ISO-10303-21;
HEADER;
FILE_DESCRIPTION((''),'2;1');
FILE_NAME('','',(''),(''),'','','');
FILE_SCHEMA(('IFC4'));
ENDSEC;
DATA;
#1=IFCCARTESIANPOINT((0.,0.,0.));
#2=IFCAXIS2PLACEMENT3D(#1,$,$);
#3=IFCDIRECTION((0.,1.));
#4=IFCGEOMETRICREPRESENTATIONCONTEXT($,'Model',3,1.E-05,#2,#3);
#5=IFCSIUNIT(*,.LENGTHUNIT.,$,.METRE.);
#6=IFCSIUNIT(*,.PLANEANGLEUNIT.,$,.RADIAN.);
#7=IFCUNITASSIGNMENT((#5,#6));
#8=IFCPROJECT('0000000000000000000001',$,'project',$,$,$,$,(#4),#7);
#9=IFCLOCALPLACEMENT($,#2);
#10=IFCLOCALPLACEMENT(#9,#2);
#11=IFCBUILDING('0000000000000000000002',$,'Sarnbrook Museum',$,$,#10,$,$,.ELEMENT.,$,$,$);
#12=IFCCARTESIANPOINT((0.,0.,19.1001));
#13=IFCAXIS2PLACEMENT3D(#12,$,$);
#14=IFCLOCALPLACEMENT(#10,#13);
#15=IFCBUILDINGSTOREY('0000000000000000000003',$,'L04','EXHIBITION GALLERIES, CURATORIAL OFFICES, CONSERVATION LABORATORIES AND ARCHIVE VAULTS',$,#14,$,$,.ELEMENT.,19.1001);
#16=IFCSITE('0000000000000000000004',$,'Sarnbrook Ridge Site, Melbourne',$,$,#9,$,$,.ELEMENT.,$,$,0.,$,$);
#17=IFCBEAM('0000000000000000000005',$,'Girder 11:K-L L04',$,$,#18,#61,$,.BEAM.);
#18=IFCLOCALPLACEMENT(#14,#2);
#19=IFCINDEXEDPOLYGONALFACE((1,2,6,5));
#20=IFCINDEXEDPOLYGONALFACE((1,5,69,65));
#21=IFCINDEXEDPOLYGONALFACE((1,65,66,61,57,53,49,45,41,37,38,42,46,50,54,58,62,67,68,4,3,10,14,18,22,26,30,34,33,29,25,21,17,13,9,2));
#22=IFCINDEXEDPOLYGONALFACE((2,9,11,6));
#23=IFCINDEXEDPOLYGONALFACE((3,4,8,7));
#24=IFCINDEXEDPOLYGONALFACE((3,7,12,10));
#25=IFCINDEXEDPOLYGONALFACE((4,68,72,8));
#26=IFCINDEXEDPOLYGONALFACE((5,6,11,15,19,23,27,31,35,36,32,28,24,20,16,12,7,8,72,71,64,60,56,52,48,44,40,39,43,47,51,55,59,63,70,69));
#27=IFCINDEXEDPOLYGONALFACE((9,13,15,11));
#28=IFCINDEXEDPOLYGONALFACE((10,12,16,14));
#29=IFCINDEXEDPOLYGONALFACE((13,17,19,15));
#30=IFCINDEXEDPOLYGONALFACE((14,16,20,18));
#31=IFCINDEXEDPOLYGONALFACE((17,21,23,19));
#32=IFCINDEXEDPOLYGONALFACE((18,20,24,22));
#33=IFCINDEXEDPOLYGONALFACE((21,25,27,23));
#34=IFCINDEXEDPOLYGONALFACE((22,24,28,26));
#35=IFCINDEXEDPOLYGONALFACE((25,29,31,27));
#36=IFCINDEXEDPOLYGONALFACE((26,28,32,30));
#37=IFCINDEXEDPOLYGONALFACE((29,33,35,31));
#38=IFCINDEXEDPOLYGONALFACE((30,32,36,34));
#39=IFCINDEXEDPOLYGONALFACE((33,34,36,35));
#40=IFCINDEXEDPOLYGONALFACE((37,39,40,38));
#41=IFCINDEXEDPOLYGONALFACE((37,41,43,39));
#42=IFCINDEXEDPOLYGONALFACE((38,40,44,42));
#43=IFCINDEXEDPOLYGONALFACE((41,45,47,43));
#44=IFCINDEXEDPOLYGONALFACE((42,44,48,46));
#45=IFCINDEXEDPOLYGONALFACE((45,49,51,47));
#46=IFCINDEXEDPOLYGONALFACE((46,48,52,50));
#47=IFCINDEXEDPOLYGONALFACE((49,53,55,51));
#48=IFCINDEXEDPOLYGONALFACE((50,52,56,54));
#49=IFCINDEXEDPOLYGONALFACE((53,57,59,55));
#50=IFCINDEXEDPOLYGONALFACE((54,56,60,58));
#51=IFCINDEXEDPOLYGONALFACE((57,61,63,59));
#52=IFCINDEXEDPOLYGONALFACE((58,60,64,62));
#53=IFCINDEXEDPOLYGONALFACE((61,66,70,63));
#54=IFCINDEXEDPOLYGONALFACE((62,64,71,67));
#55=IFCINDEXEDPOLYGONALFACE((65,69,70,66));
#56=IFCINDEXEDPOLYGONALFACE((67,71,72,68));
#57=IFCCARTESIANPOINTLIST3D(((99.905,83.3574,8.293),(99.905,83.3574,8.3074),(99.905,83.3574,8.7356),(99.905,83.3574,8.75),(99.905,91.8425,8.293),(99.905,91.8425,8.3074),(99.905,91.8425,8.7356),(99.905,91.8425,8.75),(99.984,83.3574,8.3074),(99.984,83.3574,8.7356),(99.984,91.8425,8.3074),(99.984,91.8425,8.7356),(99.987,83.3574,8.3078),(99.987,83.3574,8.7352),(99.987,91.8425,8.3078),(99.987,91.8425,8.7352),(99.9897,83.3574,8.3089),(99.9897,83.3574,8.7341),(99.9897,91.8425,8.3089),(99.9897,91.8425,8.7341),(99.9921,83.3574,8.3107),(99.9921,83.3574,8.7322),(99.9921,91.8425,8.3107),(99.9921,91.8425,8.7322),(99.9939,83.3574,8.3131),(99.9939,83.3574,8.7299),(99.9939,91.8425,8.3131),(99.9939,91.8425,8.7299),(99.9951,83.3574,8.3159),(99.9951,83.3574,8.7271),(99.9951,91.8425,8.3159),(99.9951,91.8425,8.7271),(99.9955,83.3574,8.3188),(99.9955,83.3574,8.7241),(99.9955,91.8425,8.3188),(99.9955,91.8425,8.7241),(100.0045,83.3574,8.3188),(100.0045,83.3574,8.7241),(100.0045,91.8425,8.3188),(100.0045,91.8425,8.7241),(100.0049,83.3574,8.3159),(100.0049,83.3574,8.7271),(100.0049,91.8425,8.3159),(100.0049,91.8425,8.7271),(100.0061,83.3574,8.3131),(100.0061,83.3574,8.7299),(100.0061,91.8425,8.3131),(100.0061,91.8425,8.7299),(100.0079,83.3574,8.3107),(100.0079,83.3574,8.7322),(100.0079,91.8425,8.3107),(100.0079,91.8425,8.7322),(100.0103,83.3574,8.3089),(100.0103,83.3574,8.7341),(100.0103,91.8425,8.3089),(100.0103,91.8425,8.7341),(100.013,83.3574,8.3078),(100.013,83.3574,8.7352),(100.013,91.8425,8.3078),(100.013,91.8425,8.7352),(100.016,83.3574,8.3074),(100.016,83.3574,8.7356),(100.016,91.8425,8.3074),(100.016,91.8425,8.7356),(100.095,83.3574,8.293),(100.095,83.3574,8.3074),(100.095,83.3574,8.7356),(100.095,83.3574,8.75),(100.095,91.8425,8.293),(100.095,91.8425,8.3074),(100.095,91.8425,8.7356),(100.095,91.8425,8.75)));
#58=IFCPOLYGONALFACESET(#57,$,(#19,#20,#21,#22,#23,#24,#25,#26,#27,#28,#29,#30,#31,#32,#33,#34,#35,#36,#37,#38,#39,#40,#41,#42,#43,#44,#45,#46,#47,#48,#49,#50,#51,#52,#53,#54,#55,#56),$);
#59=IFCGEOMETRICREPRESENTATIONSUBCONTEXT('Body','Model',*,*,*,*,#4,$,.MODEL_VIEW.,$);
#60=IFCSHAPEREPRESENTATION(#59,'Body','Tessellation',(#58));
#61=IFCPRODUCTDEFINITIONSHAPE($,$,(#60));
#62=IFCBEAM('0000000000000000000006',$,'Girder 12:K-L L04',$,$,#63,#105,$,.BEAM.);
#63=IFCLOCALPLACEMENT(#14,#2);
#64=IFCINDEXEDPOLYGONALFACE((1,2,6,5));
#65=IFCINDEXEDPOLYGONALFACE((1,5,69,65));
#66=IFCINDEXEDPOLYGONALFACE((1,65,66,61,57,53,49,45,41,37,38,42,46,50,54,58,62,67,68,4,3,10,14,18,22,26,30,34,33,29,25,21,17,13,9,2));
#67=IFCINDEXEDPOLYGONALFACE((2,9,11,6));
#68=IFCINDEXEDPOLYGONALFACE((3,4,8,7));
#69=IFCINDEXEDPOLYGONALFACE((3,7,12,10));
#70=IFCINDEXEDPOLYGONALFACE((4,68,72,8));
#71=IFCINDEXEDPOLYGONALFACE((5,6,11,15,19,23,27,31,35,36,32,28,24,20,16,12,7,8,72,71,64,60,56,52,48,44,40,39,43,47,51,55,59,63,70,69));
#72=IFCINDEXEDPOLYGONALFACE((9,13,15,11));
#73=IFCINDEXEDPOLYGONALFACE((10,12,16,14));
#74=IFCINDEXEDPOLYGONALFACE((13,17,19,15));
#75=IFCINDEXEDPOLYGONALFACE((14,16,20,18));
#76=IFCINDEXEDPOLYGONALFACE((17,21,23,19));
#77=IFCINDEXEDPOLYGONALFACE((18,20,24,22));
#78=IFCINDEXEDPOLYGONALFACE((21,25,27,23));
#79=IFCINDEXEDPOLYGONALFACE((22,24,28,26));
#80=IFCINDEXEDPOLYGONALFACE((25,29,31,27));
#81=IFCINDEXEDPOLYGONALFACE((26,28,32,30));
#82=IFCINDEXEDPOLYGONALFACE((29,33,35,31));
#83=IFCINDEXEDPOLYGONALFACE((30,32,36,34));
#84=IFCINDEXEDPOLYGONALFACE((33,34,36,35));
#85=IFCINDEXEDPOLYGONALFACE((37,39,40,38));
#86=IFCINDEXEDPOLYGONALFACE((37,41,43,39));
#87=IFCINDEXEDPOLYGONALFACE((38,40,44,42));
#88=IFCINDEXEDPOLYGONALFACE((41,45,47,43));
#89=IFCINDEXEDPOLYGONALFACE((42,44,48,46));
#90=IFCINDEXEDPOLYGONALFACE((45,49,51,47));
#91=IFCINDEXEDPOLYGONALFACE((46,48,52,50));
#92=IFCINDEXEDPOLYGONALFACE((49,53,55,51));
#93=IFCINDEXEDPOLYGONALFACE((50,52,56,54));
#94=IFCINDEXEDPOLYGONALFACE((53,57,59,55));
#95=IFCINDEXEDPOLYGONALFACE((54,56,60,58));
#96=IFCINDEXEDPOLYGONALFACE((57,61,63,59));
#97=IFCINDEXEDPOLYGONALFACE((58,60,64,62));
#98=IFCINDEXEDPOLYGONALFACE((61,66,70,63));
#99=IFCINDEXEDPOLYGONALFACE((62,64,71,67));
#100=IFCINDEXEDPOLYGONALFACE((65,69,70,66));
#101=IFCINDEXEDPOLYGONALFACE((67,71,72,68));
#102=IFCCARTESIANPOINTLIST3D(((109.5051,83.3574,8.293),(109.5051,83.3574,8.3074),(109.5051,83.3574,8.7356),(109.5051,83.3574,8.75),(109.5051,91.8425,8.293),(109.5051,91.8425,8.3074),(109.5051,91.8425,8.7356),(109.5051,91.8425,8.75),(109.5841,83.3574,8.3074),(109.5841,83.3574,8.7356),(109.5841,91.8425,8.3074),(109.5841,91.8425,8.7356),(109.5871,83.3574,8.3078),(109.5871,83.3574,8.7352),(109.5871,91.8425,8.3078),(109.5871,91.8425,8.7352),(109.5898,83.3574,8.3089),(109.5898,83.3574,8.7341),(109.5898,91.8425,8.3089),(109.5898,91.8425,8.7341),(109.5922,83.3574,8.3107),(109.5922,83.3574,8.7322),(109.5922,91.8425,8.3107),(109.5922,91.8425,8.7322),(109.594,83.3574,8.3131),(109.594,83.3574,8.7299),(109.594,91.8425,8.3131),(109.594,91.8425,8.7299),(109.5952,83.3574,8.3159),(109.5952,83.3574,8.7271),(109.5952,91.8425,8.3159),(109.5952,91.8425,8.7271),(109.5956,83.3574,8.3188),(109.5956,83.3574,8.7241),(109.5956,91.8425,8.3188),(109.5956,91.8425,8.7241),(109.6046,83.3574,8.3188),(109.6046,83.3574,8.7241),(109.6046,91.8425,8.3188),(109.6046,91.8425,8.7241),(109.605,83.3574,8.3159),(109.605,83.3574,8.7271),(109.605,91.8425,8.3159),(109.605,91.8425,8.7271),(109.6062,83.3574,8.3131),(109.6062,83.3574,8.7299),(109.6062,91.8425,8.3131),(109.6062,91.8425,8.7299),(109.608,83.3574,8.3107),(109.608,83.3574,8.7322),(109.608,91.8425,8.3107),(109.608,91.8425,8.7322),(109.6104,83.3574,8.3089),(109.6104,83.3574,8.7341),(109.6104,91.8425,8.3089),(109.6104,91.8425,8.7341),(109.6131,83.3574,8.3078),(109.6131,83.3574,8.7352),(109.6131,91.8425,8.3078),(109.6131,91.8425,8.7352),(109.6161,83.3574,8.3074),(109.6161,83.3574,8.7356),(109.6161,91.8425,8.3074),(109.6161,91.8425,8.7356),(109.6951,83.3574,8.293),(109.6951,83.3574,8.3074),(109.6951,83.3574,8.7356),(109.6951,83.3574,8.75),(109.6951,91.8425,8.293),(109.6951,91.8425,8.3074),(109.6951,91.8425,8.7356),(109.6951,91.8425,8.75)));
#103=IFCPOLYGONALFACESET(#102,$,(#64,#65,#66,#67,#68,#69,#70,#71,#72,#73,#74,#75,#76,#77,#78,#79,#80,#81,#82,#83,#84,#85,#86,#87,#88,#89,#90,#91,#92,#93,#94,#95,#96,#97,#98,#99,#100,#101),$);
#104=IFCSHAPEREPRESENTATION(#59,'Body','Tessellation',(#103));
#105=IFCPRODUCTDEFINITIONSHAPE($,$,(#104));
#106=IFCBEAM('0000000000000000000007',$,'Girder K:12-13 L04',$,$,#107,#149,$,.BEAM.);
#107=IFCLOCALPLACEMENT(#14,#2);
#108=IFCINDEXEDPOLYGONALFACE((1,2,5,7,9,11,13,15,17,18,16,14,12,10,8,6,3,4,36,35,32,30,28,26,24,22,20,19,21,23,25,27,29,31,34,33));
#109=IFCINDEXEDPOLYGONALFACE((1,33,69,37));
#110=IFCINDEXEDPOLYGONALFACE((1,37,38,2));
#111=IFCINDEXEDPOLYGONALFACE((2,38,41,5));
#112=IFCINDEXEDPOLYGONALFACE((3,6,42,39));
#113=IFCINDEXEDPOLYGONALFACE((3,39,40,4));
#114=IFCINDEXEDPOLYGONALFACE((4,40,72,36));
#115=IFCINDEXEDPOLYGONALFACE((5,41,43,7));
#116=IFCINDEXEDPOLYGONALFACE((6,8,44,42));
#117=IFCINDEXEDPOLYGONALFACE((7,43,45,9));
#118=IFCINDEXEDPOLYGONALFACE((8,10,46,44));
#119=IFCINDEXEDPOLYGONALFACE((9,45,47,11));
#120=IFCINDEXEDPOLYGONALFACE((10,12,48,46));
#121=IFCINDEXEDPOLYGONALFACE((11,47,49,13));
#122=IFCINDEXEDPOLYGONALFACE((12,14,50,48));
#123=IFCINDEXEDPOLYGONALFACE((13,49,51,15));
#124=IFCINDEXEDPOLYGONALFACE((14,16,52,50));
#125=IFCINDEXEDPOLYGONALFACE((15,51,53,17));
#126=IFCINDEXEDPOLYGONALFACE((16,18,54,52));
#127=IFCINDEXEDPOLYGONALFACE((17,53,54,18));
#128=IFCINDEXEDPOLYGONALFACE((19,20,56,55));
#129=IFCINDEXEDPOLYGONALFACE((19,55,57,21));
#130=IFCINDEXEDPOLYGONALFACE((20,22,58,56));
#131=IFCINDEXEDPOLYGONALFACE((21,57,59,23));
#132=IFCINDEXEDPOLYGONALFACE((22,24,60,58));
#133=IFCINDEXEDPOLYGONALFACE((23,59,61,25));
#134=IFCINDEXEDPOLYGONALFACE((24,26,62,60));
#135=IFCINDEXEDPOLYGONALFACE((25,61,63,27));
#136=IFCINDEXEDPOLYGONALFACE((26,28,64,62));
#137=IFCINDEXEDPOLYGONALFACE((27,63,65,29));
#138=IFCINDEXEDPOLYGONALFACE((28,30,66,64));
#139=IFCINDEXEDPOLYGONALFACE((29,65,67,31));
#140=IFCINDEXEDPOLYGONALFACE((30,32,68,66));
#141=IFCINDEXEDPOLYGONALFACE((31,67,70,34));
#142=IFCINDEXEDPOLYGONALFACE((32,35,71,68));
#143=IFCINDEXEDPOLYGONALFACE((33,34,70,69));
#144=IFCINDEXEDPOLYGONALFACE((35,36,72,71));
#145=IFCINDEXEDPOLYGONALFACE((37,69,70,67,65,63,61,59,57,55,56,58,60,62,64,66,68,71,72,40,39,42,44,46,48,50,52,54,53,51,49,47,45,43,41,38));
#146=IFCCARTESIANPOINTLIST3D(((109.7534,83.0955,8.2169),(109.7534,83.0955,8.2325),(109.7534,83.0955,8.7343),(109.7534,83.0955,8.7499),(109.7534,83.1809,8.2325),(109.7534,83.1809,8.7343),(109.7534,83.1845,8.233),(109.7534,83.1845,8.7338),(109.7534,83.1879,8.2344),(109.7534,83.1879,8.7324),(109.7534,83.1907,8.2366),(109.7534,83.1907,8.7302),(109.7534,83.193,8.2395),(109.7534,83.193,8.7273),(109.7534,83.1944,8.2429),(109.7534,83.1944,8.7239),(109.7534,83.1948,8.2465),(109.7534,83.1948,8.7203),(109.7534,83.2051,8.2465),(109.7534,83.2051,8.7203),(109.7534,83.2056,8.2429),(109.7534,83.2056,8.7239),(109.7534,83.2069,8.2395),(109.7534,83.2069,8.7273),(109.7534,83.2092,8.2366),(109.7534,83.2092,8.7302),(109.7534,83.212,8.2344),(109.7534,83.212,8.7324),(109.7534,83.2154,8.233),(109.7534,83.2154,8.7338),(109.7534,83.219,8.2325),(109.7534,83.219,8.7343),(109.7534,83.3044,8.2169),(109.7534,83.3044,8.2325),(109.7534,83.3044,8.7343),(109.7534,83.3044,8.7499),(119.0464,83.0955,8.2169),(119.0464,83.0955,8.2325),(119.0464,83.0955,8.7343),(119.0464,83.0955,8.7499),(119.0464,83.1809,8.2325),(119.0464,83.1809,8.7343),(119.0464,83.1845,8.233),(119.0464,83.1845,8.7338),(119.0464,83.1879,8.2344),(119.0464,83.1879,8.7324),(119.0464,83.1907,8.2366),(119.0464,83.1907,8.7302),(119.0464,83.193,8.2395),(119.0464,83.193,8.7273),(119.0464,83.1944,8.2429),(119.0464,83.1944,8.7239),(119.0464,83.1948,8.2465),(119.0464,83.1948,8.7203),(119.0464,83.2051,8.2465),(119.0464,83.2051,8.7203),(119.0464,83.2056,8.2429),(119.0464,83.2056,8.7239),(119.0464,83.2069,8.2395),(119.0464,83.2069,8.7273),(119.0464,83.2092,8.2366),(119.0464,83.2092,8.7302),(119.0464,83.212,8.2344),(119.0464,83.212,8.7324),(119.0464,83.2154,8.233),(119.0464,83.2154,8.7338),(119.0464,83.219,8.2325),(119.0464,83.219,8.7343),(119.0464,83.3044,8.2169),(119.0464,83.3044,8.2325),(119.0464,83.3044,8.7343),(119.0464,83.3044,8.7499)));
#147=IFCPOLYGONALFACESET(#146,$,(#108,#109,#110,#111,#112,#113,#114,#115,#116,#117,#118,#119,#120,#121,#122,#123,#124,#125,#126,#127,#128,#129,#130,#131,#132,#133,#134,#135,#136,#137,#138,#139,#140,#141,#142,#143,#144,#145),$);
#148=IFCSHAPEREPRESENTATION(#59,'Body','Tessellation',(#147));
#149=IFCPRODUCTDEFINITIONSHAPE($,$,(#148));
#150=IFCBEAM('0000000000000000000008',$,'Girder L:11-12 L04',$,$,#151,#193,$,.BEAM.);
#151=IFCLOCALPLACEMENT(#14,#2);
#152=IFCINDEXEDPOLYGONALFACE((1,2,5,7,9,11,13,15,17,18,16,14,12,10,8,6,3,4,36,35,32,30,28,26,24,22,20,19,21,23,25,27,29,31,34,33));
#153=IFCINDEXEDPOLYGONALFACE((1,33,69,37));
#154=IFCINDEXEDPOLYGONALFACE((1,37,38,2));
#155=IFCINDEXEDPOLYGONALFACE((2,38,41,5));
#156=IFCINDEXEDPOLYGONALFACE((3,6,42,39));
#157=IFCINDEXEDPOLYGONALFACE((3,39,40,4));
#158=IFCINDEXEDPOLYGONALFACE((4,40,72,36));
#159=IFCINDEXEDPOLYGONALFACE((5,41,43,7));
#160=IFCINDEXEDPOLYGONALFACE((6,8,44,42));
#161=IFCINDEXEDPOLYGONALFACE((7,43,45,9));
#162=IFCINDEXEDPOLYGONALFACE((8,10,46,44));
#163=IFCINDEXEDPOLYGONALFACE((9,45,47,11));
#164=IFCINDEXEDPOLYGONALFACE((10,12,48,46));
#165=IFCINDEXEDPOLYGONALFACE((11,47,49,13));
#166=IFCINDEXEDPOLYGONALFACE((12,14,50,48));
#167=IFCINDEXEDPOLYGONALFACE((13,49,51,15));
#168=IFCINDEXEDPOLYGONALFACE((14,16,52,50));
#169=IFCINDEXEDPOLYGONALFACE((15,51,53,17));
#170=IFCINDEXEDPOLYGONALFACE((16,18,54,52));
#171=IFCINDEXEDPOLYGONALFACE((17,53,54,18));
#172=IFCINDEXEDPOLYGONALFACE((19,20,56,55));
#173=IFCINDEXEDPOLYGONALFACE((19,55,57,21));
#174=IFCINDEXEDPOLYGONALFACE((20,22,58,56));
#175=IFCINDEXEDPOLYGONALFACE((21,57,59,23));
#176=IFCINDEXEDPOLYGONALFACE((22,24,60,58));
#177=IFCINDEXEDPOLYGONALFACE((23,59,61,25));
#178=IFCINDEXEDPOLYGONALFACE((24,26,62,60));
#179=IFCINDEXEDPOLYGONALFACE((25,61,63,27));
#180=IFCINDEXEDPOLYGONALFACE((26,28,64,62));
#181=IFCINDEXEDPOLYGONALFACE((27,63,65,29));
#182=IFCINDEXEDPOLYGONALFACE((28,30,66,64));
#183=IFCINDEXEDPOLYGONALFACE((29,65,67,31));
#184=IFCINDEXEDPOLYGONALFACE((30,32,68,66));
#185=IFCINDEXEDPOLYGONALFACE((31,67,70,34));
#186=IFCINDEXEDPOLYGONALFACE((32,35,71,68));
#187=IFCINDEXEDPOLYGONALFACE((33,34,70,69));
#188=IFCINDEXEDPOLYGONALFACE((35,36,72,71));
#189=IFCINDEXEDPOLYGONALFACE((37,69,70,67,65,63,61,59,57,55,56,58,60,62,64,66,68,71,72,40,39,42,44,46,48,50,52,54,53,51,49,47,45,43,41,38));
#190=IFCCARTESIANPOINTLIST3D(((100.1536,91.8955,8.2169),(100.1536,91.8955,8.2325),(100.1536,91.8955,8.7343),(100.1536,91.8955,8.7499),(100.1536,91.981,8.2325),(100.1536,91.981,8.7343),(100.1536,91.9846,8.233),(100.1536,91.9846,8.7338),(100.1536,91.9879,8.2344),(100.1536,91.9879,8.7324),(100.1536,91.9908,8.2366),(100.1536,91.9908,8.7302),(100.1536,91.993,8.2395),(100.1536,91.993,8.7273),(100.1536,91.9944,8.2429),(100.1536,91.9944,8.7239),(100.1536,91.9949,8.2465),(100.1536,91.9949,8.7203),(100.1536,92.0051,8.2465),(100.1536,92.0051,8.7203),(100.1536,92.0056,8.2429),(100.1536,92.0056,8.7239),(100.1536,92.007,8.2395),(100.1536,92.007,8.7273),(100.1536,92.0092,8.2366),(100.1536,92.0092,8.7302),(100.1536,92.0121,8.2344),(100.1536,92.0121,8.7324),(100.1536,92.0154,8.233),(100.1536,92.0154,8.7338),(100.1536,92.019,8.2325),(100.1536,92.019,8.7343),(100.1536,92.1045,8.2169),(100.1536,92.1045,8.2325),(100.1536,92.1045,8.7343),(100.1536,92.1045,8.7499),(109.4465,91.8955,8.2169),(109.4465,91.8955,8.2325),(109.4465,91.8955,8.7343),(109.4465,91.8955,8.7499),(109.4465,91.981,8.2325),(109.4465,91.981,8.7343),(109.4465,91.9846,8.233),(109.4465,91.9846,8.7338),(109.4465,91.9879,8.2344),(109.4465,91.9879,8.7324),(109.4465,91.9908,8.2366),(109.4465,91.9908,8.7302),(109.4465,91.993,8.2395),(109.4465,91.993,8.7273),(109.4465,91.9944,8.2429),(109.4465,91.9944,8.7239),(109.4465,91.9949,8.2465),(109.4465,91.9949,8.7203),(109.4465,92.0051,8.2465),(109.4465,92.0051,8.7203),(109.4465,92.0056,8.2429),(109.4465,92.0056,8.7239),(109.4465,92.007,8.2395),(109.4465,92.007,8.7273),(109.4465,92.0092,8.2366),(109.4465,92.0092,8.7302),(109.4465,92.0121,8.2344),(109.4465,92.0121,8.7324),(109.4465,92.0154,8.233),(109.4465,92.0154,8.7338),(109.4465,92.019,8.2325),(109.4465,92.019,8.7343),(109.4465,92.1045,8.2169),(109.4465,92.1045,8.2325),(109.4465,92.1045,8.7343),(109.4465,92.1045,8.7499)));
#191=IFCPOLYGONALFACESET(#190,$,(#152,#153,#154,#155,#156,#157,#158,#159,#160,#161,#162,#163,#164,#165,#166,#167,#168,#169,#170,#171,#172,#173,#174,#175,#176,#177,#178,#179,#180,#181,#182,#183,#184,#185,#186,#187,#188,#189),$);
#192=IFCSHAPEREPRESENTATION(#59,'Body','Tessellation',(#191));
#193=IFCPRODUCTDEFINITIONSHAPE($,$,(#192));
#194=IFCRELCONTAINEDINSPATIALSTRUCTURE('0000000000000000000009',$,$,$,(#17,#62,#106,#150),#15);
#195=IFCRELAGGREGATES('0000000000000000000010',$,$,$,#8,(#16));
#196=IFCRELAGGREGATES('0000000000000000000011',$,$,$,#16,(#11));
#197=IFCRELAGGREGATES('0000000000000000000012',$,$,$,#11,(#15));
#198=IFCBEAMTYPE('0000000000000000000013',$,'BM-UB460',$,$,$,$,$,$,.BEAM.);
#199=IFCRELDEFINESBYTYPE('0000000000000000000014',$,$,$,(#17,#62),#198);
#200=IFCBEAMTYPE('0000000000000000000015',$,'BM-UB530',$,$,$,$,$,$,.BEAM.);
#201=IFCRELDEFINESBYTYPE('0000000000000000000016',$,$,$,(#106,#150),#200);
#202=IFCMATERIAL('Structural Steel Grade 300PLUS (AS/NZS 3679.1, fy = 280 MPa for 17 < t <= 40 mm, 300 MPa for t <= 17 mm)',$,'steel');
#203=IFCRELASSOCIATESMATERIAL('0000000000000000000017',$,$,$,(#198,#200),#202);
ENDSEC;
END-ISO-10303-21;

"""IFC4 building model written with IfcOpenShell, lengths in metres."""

from ifc_helpers import new_model, si_unit, direction, frame, origin, origin_2d, place, context, subcontext, project, spatial, i_section, extrude, material, material_profile, profile_set, type_object, element, save


model = new_model("IFC4")

# Units and contexts
model_context = context("Model", 3, precision=1e-05, world=origin(), true_north=direction((0.0, 1.0)))
body_context = subcontext(model_context, "Body", "Model", "MODEL_VIEW")
ifc_project = project(units=[si_unit("LENGTHUNIT", "METRE"), si_unit("PLANEANGLEUNIT", "RADIAN")], contexts=[model_context])

# Site, building, storey
site_placement = place(None, origin())
site = spatial("IfcSite", under=ifc_project, at=site_placement, Name="Sarnbrook Ridge Site, Melbourne", CompositionType="ELEMENT", RefElevation=0.0)
building_placement = place(site_placement, origin())
building = spatial("IfcBuilding", under=site, at=building_placement, Name="Sarnbrook Museum", CompositionType="ELEMENT")
storey_placement = place(building_placement, frame((0.0, 0.0, 19.1001)))
storey = spatial("IfcBuildingStorey", under=building, at=storey_placement, Name="L04", Description="EXHIBITION GALLERIES, CURATORIAL OFFICES, CONSERVATION LABORATORIES AND ARCHIVE VAULTS", CompositionType="ELEMENT", Elevation=19.1001)

# Shared definitions
ifc_material_1 = material(Name="Structural Steel Grade 300PLUS (AS/NZS 3679.1, fy = 280 MPa for 17 < t <= 40 mm, 300 MPa for t <= 17 mm)", Category="steel")

# Beams
ifc_material_profile_1 = material_profile(ifc_material_1, i_section(OverallWidth=0.1899, OverallDepth=0.457, WebThickness=0.009, FlangeThickness=0.0144, FilletRadius=0.0115, at=origin_2d()), Name="460UB74.6")
ifc_profile_set_1 = profile_set([ifc_material_profile_1], Name="Structural Steel Grade 300PLUS (AS/NZS 3679.1, fy = 280 MPa for 17 < t <= 40 mm, 300 MPa for t <= 17 mm)")
beam_type_1 = type_object("IfcBeamType", Name="BM-UB460", PredefinedType="BEAM", material=ifc_profile_set_1)
for number, where, z_axis, x_axis, name in (
    (1, (100.0, 83.3574, 8.5215), (0.0, 1.0, 0.0), (-1.0, 0.0, 0.0), "Girder 11:K-L L04"),
    (2, (109.6001, 83.3574, 8.5215), (0.0, 1.0, 0.0), (-1.0, 0.0, 0.0), "Girder 12:K-L L04"),
):
    element("IfcBeam", number, at=place(storey_placement, frame(where, z_axis=z_axis, x_axis=x_axis)), inside=storey, type_object=beam_type_1, Name=name, PredefinedType="BEAM", context=body_context, shape_type="SweptSolid", body=[
        extrude(i_section(OverallWidth=0.1899, OverallDepth=0.457, WebThickness=0.009, FlangeThickness=0.0144, FilletRadius=0.0115, at=origin_2d()), origin(), (0.0, 0.0, 1.0), 8.4851),
    ])
ifc_material_profile_2 = material_profile(ifc_material_1, i_section(OverallWidth=0.209, OverallDepth=0.533, WebThickness=0.0103, FlangeThickness=0.0156, FilletRadius=0.0139, at=origin_2d()), Name="530UB92.4")
ifc_profile_set_2 = profile_set([ifc_material_profile_2], Name="Structural Steel Grade 300PLUS (AS/NZS 3679.1, fy = 280 MPa for 17 < t <= 40 mm, 300 MPa for t <= 17 mm)")
beam_type_2 = type_object("IfcBeamType", Name="BM-UB530", PredefinedType="BEAM", material=ifc_profile_set_2)
for number, where, z_axis, x_axis, name in (
    (3, (109.7534, 83.2, 8.4834), (1.0, 0.0, 0.0), (0.0, 1.0, 0.0), "Girder K:12-13 L04"),
    (4, (100.1536, 92.0, 8.4834), (1.0, 0.0, 0.0), (0.0, 1.0, 0.0), "Girder L:11-12 L04"),
):
    element("IfcBeam", number, at=place(storey_placement, frame(where, z_axis=z_axis, x_axis=x_axis)), inside=storey, type_object=beam_type_2, Name=name, PredefinedType="BEAM", context=body_context, shape_type="SweptSolid", body=[
        extrude(i_section(OverallWidth=0.209, OverallDepth=0.533, WebThickness=0.0103, FlangeThickness=0.0156, FilletRadius=0.0139, at=origin_2d()), origin(), (0.0, 0.0, 1.0), 9.293),
    ])

save(model, "model.ifc")
